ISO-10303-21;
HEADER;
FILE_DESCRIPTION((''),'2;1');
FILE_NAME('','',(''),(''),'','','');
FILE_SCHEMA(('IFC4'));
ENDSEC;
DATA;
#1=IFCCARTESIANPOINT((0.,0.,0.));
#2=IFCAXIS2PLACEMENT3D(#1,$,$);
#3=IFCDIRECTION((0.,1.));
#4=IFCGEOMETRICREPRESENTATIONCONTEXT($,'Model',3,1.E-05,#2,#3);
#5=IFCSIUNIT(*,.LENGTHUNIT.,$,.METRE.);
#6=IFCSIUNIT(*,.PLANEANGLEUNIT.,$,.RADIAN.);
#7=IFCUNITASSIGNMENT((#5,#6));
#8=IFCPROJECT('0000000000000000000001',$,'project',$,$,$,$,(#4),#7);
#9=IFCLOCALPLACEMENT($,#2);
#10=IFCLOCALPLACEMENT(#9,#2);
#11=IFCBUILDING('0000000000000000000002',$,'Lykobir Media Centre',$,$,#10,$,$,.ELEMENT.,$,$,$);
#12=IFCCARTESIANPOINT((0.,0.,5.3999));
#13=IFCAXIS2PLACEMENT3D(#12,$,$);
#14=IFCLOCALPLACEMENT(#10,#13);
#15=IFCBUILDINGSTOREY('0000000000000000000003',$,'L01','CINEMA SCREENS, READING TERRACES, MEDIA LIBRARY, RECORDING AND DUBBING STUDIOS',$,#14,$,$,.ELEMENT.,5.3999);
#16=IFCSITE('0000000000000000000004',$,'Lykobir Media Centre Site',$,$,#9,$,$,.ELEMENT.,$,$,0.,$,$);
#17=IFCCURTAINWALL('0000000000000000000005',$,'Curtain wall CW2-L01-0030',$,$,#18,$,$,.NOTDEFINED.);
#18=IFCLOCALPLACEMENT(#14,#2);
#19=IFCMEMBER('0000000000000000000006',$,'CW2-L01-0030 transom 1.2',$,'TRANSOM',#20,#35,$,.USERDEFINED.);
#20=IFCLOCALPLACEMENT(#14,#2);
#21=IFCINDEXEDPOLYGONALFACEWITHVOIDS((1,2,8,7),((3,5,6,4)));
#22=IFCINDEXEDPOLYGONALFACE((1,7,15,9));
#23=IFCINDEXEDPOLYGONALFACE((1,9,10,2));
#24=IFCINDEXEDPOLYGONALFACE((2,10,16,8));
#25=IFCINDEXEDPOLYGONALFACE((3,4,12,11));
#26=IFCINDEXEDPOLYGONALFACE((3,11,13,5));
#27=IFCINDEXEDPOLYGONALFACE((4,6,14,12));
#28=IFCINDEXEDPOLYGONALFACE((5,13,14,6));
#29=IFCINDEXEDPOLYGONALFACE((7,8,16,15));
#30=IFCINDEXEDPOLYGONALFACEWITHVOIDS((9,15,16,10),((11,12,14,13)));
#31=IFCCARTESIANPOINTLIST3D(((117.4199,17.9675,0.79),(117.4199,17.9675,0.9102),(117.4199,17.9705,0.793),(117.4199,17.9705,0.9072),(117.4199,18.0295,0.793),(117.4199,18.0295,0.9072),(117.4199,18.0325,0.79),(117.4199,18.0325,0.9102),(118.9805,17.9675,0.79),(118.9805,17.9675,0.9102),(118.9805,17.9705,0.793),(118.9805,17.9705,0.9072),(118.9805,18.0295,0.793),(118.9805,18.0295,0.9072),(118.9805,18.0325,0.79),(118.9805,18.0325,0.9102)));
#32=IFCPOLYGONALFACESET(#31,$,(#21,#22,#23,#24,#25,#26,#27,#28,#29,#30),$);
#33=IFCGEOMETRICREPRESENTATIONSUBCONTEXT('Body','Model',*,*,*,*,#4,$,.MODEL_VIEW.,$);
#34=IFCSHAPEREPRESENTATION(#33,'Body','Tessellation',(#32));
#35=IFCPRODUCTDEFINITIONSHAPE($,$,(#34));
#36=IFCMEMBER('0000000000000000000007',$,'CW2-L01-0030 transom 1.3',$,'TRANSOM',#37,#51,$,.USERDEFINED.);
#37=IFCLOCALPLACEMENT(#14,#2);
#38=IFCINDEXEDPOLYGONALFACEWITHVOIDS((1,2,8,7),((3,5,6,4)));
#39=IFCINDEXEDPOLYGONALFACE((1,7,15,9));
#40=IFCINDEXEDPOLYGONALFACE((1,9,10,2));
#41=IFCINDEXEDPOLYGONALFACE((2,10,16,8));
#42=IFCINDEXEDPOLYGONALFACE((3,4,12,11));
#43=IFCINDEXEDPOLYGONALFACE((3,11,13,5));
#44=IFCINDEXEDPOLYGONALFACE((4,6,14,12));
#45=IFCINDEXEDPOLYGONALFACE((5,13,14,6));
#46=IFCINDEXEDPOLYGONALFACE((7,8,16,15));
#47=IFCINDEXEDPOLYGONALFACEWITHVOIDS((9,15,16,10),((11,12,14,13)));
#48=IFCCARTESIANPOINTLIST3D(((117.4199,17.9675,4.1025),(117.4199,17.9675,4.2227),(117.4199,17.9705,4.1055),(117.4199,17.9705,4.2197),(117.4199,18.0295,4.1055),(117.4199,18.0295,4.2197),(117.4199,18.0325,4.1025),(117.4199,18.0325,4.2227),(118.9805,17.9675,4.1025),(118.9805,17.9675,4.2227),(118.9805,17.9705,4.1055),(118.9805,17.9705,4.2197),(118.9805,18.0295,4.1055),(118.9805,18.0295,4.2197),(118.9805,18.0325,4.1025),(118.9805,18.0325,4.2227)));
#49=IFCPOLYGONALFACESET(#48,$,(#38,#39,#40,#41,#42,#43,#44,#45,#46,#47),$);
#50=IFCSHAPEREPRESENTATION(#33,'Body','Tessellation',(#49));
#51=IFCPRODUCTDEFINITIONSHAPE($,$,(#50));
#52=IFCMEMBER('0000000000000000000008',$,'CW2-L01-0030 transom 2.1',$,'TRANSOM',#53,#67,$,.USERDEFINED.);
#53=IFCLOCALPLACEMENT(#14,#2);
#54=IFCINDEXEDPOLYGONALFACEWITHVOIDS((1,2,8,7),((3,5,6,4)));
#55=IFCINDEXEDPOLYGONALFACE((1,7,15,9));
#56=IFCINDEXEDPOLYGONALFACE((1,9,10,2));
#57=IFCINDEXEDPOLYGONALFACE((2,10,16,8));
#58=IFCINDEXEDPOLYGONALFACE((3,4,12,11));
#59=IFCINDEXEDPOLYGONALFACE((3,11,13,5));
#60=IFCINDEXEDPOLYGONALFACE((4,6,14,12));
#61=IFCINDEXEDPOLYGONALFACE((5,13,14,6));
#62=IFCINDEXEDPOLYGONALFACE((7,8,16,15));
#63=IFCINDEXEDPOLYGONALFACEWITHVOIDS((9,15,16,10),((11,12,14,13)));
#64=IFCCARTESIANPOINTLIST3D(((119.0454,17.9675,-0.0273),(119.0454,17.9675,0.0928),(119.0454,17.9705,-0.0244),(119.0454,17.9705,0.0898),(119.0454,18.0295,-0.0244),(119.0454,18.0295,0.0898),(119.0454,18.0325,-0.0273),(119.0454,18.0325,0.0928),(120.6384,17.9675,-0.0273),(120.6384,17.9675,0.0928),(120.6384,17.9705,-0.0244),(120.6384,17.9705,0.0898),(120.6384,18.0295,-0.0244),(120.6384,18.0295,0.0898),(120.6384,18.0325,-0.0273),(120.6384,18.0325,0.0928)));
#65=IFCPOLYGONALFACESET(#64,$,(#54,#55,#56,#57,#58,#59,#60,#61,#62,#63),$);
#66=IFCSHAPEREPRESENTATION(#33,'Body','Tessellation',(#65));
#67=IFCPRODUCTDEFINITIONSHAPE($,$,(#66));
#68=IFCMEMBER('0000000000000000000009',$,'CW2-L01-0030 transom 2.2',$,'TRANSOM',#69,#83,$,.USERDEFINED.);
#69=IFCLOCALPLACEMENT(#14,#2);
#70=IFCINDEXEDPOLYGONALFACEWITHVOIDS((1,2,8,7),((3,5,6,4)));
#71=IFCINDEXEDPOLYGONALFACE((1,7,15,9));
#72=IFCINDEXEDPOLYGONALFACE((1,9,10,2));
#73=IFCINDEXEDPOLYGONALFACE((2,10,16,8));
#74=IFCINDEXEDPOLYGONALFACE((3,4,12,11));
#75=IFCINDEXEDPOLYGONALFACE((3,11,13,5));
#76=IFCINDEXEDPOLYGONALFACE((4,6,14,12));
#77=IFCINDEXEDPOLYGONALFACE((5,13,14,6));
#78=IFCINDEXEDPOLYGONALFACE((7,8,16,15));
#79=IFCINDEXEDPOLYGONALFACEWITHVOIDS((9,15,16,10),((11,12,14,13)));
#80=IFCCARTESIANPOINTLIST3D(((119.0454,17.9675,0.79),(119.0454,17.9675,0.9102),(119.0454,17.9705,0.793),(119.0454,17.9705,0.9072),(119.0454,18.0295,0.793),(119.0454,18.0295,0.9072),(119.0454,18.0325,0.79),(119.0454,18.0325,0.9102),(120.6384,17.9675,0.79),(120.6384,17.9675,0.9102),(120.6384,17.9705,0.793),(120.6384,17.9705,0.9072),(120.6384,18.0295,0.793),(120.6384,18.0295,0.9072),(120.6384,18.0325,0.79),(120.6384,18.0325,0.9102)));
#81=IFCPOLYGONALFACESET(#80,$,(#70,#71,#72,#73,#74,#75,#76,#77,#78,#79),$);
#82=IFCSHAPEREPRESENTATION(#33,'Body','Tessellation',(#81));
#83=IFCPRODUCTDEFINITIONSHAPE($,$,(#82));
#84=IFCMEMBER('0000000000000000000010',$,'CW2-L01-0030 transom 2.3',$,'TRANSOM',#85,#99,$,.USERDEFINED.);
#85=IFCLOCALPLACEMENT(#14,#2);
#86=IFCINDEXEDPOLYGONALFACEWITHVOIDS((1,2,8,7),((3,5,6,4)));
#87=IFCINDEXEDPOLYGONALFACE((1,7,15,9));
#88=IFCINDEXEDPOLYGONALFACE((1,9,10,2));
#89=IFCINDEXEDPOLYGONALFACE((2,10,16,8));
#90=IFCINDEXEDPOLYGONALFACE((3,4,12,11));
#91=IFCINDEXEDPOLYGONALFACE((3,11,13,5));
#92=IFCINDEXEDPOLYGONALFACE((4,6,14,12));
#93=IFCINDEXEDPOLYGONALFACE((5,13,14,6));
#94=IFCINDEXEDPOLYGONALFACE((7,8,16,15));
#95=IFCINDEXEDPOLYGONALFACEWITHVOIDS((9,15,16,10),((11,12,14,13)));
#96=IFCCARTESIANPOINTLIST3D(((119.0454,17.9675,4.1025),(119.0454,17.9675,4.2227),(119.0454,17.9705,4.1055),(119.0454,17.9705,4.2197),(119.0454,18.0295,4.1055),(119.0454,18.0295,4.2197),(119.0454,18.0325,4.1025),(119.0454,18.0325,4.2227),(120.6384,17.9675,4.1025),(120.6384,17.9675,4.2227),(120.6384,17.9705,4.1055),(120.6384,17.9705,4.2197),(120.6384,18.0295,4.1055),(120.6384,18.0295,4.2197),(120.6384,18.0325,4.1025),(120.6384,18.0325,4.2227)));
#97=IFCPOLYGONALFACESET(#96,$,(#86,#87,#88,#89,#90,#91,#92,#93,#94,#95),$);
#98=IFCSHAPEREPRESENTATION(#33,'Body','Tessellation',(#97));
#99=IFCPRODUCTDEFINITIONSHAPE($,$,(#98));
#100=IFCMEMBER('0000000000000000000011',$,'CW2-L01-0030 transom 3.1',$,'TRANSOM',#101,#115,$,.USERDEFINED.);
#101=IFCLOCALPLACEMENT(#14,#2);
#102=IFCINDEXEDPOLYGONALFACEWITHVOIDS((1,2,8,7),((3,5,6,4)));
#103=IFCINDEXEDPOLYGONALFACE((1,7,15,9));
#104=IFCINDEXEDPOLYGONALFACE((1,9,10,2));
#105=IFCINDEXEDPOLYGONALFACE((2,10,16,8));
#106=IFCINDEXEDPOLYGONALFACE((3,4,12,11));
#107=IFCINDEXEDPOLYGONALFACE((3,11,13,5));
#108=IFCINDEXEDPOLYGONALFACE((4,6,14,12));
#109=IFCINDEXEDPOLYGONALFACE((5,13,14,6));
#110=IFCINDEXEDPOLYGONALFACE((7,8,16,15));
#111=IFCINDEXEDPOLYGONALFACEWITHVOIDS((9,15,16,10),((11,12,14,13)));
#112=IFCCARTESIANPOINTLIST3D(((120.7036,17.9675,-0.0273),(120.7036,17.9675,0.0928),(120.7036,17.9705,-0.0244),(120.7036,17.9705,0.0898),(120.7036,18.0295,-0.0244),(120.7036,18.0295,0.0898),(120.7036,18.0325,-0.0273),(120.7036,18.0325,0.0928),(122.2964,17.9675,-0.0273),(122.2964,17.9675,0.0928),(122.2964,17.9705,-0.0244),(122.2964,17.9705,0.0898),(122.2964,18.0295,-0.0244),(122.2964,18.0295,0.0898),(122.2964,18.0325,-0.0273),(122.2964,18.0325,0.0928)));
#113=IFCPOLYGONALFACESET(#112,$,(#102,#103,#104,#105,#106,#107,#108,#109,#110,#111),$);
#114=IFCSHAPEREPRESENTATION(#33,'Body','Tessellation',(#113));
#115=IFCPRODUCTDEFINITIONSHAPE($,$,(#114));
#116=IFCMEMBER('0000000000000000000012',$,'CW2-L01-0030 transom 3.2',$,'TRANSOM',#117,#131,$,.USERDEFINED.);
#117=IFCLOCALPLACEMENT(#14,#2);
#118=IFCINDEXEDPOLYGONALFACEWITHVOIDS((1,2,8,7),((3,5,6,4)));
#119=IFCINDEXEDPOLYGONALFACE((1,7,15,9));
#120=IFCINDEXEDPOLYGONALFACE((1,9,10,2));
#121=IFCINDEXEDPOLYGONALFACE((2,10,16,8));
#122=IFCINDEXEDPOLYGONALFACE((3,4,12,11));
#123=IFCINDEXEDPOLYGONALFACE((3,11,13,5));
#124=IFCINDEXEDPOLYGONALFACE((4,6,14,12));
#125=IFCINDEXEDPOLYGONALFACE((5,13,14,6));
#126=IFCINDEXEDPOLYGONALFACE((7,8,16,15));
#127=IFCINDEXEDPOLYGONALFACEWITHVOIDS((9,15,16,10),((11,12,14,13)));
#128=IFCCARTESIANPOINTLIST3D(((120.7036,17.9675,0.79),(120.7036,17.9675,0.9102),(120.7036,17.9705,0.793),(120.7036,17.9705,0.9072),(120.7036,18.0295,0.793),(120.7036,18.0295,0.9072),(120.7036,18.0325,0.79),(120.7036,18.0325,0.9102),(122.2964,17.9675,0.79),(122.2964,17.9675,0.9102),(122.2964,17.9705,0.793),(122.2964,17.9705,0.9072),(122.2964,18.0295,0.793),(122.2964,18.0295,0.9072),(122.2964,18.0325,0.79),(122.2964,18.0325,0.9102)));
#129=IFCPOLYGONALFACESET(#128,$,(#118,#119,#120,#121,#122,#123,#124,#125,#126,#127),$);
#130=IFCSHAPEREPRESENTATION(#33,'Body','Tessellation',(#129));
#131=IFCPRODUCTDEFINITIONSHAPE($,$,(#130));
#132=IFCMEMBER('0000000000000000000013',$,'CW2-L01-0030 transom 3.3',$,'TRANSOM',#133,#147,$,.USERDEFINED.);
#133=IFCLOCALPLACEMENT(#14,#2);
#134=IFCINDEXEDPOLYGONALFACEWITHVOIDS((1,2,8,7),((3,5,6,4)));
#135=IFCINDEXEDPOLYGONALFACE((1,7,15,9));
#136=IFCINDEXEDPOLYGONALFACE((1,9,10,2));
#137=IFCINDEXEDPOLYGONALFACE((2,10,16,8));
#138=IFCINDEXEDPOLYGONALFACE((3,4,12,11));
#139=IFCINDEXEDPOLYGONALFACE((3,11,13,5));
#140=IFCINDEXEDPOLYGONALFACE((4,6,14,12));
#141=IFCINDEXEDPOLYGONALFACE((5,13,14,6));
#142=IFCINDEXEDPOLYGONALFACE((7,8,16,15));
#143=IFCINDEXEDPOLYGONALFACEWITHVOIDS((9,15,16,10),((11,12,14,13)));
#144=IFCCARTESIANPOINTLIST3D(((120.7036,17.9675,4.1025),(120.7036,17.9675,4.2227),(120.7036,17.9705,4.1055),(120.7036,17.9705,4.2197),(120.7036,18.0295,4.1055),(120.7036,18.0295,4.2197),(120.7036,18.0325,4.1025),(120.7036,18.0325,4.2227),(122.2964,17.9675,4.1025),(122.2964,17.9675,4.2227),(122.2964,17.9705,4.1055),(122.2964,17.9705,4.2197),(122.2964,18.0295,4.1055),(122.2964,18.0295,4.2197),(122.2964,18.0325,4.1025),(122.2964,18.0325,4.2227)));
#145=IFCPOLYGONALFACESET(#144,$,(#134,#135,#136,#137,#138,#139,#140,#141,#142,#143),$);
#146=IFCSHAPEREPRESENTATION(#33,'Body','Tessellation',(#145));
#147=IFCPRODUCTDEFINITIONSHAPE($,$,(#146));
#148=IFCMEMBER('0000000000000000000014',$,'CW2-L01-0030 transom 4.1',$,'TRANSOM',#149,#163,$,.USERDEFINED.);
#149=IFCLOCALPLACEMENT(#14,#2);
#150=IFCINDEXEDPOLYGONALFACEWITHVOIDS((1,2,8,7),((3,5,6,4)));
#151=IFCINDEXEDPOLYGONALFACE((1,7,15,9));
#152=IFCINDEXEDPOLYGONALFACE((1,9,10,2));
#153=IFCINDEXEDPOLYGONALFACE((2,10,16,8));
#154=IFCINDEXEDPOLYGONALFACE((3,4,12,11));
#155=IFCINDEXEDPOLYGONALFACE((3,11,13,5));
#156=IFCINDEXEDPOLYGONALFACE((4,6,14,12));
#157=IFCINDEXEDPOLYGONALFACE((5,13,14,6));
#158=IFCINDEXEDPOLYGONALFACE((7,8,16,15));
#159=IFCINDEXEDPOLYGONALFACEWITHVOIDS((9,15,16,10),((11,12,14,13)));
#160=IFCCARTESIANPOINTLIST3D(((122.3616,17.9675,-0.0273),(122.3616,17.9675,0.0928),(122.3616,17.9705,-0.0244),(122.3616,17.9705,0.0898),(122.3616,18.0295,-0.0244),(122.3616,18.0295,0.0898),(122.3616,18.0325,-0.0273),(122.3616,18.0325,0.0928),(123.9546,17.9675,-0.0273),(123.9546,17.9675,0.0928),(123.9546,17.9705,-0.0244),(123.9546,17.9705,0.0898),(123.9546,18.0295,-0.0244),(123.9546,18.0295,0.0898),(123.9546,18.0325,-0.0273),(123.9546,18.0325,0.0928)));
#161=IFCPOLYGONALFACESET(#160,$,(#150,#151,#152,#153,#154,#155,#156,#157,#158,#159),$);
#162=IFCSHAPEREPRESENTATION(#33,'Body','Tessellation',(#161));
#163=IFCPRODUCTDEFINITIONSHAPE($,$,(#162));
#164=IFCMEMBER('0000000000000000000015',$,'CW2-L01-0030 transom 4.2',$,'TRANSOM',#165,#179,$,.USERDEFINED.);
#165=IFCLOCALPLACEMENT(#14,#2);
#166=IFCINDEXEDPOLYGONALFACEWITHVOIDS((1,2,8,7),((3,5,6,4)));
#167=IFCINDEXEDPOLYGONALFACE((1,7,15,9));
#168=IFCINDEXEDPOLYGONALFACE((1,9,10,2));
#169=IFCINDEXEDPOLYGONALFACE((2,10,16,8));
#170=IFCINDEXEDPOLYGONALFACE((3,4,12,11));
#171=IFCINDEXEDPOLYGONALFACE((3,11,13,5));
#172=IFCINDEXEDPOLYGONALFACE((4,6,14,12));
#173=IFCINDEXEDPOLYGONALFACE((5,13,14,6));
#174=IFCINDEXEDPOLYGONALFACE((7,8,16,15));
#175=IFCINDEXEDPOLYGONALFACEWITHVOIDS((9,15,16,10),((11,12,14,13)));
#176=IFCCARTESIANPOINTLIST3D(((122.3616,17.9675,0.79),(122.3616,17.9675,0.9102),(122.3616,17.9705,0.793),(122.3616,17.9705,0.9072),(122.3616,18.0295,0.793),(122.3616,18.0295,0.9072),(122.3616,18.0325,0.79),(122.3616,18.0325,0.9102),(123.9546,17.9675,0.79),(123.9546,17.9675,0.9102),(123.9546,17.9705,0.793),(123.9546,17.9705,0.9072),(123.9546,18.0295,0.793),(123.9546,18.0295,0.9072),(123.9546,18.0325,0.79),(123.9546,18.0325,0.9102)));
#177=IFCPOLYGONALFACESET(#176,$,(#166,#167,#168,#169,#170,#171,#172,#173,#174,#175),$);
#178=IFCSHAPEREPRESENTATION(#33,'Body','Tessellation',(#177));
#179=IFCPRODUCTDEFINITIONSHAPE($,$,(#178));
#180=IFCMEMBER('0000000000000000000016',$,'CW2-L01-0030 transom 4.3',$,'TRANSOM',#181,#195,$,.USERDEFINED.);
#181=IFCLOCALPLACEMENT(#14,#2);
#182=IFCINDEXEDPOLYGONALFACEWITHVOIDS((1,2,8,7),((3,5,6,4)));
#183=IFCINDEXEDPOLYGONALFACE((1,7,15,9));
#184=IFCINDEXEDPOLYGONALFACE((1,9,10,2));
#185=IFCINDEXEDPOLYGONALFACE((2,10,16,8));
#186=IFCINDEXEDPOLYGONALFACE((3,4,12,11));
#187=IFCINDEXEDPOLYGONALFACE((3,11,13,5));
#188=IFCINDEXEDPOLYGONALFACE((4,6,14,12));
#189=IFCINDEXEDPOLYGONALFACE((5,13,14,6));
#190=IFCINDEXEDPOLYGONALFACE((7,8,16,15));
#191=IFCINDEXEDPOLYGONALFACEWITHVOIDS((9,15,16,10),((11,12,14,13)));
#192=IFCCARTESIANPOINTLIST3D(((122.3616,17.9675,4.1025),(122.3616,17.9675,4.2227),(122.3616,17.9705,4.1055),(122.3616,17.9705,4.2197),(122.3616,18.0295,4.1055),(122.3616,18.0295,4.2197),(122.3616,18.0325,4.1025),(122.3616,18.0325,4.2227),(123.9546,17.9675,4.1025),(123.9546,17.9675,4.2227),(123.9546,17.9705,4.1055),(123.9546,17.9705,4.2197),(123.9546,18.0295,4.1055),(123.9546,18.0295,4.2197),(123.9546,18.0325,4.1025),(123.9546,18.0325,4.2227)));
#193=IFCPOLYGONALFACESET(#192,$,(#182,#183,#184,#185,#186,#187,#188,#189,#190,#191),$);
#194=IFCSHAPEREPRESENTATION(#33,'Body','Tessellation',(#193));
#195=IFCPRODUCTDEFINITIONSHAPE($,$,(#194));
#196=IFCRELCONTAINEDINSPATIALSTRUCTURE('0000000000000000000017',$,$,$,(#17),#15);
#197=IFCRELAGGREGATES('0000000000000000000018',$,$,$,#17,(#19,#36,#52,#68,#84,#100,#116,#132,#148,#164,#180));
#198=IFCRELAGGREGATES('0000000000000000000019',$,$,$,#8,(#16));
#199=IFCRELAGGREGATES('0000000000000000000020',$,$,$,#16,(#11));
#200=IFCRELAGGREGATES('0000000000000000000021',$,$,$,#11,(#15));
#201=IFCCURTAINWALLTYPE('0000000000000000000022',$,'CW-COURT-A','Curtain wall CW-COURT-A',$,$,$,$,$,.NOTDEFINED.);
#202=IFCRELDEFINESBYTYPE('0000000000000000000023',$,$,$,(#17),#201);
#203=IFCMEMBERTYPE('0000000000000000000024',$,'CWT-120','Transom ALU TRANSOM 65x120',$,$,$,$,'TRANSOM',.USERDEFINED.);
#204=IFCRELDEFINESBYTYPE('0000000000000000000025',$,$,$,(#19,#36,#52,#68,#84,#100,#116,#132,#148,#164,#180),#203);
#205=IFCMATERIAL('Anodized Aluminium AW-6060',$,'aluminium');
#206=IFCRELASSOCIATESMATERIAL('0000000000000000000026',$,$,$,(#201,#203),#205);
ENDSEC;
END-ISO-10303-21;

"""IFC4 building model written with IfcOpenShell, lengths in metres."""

from ifc_helpers import new_model, si_unit, direction, frame, origin, origin_2d, place, context, subcontext, project, spatial, hollow_rectangle, extrude, material, material_profile, profile_set, type_object, element, aggregate, save


model = new_model("IFC4")

# Units and contexts
model_context = context("Model", 3, precision=1e-05, world=origin(), true_north=direction((0.0, 1.0)))
body_context = subcontext(model_context, "Body", "Model", "MODEL_VIEW")
ifc_project = project(units=[si_unit("LENGTHUNIT", "METRE"), si_unit("PLANEANGLEUNIT", "RADIAN")], contexts=[model_context])

# Site, building, storey
site_placement = place(None, origin())
site = spatial("IfcSite", under=ifc_project, at=site_placement, Name="Lykobir Media Centre Site", CompositionType="ELEMENT", RefElevation=0.0)
building_placement = place(site_placement, origin())
building = spatial("IfcBuilding", under=site, at=building_placement, Name="Lykobir Media Centre", CompositionType="ELEMENT")
storey_placement = place(building_placement, frame((0.0, 0.0, 5.3999)))
storey = spatial("IfcBuildingStorey", under=building, at=storey_placement, Name="L01", Description="CINEMA SCREENS, READING TERRACES, MEDIA LIBRARY, RECORDING AND DUBBING STUDIOS", CompositionType="ELEMENT", Elevation=5.3999)

# Shared definitions
ifc_material_1 = material(Name="Anodized Aluminium AW-6060", Category="aluminium")
curtain_wall_type = type_object("IfcCurtainWallType", Name="CW-COURT-A", Description="Curtain wall CW-COURT-A", PredefinedType="NOTDEFINED", material=ifc_material_1)

# Curtain wall
curtain_wall_1_placement = place(storey_placement, origin())
curtain_wall_1 = element("IfcCurtainWall", 1, at=curtain_wall_1_placement, inside=storey, type_object=curtain_wall_type, Name="Curtain wall CW2-L01-0030", PredefinedType="NOTDEFINED")

# Members
ifc_material_profile_1 = material_profile(ifc_material_1, hollow_rectangle(XDim=0.0649, YDim=0.1201, WallThickness=0.0029, at=origin_2d()), Name="ALU TRANSOM 65x120")
ifc_profile_set_1 = profile_set([ifc_material_profile_1], Name="Anodized Aluminium AW-6060")
member_type_1 = type_object("IfcMemberType", Name="CWT-120", Description="Transom ALU TRANSOM 65x120", ElementType="TRANSOM", PredefinedType="USERDEFINED", material=ifc_profile_set_1)
member_1_placement = place(storey_placement, frame((117.4199, 18.0, 0.8501), z_axis=(1.0, 0.0, 0.0), x_axis=(0.0, 1.0, 0.0)))
member_1 = element("IfcMember", 2, at=member_1_placement, type_object=member_type_1, Name="CW2-L01-0030 transom 1.2", ObjectType="TRANSOM", PredefinedType="USERDEFINED", context=body_context, shape_type="SweptSolid", body=[
    extrude(hollow_rectangle(XDim=0.0649, YDim=0.1201, WallThickness=0.0029, at=origin_2d()), origin(), (0.0, 0.0, 1.0), 1.5605),
])
member_2_placement = place(storey_placement, frame((117.4199, 18.0, 4.1626), z_axis=(1.0, 0.0, 0.0), x_axis=(0.0, 1.0, 0.0)))
member_2 = element("IfcMember", 3, at=member_2_placement, type_object=member_type_1, Name="CW2-L01-0030 transom 1.3", ObjectType="TRANSOM", PredefinedType="USERDEFINED", context=body_context, shape_type="SweptSolid", body=[
    extrude(hollow_rectangle(XDim=0.0649, YDim=0.1201, WallThickness=0.0029, at=origin_2d()), origin(), (0.0, 0.0, 1.0), 1.5605),
])
member_3_placement = place(storey_placement, frame((119.0454, 18.0, 0.0327), z_axis=(1.0, 0.0, 0.0), x_axis=(0.0, 1.0, 0.0)))
member_3 = element("IfcMember", 4, at=member_3_placement, type_object=member_type_1, Name="CW2-L01-0030 transom 2.1", ObjectType="TRANSOM", PredefinedType="USERDEFINED", context=body_context, shape_type="SweptSolid", body=[
    extrude(hollow_rectangle(XDim=0.0649, YDim=0.1201, WallThickness=0.0029, at=origin_2d()), origin(), (0.0, 0.0, 1.0), 1.593),
])
member_4_placement = place(storey_placement, frame((119.0454, 18.0, 0.8501), z_axis=(1.0, 0.0, 0.0), x_axis=(0.0, 1.0, 0.0)))
member_4 = element("IfcMember", 5, at=member_4_placement, type_object=member_type_1, Name="CW2-L01-0030 transom 2.2", ObjectType="TRANSOM", PredefinedType="USERDEFINED", context=body_context, shape_type="SweptSolid", body=[
    extrude(hollow_rectangle(XDim=0.0649, YDim=0.1201, WallThickness=0.0029, at=origin_2d()), origin(), (0.0, 0.0, 1.0), 1.593),
])
member_5_placement = place(storey_placement, frame((119.0454, 18.0, 4.1626), z_axis=(1.0, 0.0, 0.0), x_axis=(0.0, 1.0, 0.0)))
member_5 = element("IfcMember", 6, at=member_5_placement, type_object=member_type_1, Name="CW2-L01-0030 transom 2.3", ObjectType="TRANSOM", PredefinedType="USERDEFINED", context=body_context, shape_type="SweptSolid", body=[
    extrude(hollow_rectangle(XDim=0.0649, YDim=0.1201, WallThickness=0.0029, at=origin_2d()), origin(), (0.0, 0.0, 1.0), 1.593),
])
member_6_placement = place(storey_placement, frame((120.7036, 18.0, 0.0327), z_axis=(1.0, 0.0, 0.0), x_axis=(0.0, 1.0, 0.0)))
member_6 = element("IfcMember", 7, at=member_6_placement, type_object=member_type_1, Name="CW2-L01-0030 transom 3.1", ObjectType="TRANSOM", PredefinedType="USERDEFINED", context=body_context, shape_type="SweptSolid", body=[
    extrude(hollow_rectangle(XDim=0.0649, YDim=0.1201, WallThickness=0.0029, at=origin_2d()), origin(), (0.0, 0.0, 1.0), 1.5928),
])
member_7_placement = place(storey_placement, frame((120.7036, 18.0, 0.8501), z_axis=(1.0, 0.0, 0.0), x_axis=(0.0, 1.0, 0.0)))
member_7 = element("IfcMember", 8, at=member_7_placement, type_object=member_type_1, Name="CW2-L01-0030 transom 3.2", ObjectType="TRANSOM", PredefinedType="USERDEFINED", context=body_context, shape_type="SweptSolid", body=[
    extrude(hollow_rectangle(XDim=0.0649, YDim=0.1201, WallThickness=0.0029, at=origin_2d()), origin(), (0.0, 0.0, 1.0), 1.5928),
])
member_8_placement = place(storey_placement, frame((120.7036, 18.0, 4.1626), z_axis=(1.0, 0.0, 0.0), x_axis=(0.0, 1.0, 0.0)))
member_8 = element("IfcMember", 9, at=member_8_placement, type_object=member_type_1, Name="CW2-L01-0030 transom 3.3", ObjectType="TRANSOM", PredefinedType="USERDEFINED", context=body_context, shape_type="SweptSolid", body=[
    extrude(hollow_rectangle(XDim=0.0649, YDim=0.1201, WallThickness=0.0029, at=origin_2d()), origin(), (0.0, 0.0, 1.0), 1.5928),
])
member_9_placement = place(storey_placement, frame((122.3616, 18.0, 0.0327), z_axis=(1.0, 0.0, 0.0), x_axis=(0.0, 1.0, 0.0)))
member_9 = element("IfcMember", 10, at=member_9_placement, type_object=member_type_1, Name="CW2-L01-0030 transom 4.1", ObjectType="TRANSOM", PredefinedType="USERDEFINED", context=body_context, shape_type="SweptSolid", body=[
    extrude(hollow_rectangle(XDim=0.0649, YDim=0.1201, WallThickness=0.0029, at=origin_2d()), origin(), (0.0, 0.0, 1.0), 1.593),
])
member_10_placement = place(storey_placement, frame((122.3616, 18.0, 0.8501), z_axis=(1.0, 0.0, 0.0), x_axis=(0.0, 1.0, 0.0)))
member_10 = element("IfcMember", 11, at=member_10_placement, type_object=member_type_1, Name="CW2-L01-0030 transom 4.2", ObjectType="TRANSOM", PredefinedType="USERDEFINED", context=body_context, shape_type="SweptSolid", body=[
    extrude(hollow_rectangle(XDim=0.0649, YDim=0.1201, WallThickness=0.0029, at=origin_2d()), origin(), (0.0, 0.0, 1.0), 1.593),
])
member_11_placement = place(storey_placement, frame((122.3616, 18.0, 4.1626), z_axis=(1.0, 0.0, 0.0), x_axis=(0.0, 1.0, 0.0)))
member_11 = element("IfcMember", 12, at=member_11_placement, type_object=member_type_1, Name="CW2-L01-0030 transom 4.3", ObjectType="TRANSOM", PredefinedType="USERDEFINED", context=body_context, shape_type="SweptSolid", body=[
    extrude(hollow_rectangle(XDim=0.0649, YDim=0.1201, WallThickness=0.0029, at=origin_2d()), origin(), (0.0, 0.0, 1.0), 1.593),
])

aggregate(curtain_wall_1, [member_1, member_2, member_3, member_4, member_5, member_6, member_7, member_8, member_9, member_10, member_11])

save(model, "model.ifc")
